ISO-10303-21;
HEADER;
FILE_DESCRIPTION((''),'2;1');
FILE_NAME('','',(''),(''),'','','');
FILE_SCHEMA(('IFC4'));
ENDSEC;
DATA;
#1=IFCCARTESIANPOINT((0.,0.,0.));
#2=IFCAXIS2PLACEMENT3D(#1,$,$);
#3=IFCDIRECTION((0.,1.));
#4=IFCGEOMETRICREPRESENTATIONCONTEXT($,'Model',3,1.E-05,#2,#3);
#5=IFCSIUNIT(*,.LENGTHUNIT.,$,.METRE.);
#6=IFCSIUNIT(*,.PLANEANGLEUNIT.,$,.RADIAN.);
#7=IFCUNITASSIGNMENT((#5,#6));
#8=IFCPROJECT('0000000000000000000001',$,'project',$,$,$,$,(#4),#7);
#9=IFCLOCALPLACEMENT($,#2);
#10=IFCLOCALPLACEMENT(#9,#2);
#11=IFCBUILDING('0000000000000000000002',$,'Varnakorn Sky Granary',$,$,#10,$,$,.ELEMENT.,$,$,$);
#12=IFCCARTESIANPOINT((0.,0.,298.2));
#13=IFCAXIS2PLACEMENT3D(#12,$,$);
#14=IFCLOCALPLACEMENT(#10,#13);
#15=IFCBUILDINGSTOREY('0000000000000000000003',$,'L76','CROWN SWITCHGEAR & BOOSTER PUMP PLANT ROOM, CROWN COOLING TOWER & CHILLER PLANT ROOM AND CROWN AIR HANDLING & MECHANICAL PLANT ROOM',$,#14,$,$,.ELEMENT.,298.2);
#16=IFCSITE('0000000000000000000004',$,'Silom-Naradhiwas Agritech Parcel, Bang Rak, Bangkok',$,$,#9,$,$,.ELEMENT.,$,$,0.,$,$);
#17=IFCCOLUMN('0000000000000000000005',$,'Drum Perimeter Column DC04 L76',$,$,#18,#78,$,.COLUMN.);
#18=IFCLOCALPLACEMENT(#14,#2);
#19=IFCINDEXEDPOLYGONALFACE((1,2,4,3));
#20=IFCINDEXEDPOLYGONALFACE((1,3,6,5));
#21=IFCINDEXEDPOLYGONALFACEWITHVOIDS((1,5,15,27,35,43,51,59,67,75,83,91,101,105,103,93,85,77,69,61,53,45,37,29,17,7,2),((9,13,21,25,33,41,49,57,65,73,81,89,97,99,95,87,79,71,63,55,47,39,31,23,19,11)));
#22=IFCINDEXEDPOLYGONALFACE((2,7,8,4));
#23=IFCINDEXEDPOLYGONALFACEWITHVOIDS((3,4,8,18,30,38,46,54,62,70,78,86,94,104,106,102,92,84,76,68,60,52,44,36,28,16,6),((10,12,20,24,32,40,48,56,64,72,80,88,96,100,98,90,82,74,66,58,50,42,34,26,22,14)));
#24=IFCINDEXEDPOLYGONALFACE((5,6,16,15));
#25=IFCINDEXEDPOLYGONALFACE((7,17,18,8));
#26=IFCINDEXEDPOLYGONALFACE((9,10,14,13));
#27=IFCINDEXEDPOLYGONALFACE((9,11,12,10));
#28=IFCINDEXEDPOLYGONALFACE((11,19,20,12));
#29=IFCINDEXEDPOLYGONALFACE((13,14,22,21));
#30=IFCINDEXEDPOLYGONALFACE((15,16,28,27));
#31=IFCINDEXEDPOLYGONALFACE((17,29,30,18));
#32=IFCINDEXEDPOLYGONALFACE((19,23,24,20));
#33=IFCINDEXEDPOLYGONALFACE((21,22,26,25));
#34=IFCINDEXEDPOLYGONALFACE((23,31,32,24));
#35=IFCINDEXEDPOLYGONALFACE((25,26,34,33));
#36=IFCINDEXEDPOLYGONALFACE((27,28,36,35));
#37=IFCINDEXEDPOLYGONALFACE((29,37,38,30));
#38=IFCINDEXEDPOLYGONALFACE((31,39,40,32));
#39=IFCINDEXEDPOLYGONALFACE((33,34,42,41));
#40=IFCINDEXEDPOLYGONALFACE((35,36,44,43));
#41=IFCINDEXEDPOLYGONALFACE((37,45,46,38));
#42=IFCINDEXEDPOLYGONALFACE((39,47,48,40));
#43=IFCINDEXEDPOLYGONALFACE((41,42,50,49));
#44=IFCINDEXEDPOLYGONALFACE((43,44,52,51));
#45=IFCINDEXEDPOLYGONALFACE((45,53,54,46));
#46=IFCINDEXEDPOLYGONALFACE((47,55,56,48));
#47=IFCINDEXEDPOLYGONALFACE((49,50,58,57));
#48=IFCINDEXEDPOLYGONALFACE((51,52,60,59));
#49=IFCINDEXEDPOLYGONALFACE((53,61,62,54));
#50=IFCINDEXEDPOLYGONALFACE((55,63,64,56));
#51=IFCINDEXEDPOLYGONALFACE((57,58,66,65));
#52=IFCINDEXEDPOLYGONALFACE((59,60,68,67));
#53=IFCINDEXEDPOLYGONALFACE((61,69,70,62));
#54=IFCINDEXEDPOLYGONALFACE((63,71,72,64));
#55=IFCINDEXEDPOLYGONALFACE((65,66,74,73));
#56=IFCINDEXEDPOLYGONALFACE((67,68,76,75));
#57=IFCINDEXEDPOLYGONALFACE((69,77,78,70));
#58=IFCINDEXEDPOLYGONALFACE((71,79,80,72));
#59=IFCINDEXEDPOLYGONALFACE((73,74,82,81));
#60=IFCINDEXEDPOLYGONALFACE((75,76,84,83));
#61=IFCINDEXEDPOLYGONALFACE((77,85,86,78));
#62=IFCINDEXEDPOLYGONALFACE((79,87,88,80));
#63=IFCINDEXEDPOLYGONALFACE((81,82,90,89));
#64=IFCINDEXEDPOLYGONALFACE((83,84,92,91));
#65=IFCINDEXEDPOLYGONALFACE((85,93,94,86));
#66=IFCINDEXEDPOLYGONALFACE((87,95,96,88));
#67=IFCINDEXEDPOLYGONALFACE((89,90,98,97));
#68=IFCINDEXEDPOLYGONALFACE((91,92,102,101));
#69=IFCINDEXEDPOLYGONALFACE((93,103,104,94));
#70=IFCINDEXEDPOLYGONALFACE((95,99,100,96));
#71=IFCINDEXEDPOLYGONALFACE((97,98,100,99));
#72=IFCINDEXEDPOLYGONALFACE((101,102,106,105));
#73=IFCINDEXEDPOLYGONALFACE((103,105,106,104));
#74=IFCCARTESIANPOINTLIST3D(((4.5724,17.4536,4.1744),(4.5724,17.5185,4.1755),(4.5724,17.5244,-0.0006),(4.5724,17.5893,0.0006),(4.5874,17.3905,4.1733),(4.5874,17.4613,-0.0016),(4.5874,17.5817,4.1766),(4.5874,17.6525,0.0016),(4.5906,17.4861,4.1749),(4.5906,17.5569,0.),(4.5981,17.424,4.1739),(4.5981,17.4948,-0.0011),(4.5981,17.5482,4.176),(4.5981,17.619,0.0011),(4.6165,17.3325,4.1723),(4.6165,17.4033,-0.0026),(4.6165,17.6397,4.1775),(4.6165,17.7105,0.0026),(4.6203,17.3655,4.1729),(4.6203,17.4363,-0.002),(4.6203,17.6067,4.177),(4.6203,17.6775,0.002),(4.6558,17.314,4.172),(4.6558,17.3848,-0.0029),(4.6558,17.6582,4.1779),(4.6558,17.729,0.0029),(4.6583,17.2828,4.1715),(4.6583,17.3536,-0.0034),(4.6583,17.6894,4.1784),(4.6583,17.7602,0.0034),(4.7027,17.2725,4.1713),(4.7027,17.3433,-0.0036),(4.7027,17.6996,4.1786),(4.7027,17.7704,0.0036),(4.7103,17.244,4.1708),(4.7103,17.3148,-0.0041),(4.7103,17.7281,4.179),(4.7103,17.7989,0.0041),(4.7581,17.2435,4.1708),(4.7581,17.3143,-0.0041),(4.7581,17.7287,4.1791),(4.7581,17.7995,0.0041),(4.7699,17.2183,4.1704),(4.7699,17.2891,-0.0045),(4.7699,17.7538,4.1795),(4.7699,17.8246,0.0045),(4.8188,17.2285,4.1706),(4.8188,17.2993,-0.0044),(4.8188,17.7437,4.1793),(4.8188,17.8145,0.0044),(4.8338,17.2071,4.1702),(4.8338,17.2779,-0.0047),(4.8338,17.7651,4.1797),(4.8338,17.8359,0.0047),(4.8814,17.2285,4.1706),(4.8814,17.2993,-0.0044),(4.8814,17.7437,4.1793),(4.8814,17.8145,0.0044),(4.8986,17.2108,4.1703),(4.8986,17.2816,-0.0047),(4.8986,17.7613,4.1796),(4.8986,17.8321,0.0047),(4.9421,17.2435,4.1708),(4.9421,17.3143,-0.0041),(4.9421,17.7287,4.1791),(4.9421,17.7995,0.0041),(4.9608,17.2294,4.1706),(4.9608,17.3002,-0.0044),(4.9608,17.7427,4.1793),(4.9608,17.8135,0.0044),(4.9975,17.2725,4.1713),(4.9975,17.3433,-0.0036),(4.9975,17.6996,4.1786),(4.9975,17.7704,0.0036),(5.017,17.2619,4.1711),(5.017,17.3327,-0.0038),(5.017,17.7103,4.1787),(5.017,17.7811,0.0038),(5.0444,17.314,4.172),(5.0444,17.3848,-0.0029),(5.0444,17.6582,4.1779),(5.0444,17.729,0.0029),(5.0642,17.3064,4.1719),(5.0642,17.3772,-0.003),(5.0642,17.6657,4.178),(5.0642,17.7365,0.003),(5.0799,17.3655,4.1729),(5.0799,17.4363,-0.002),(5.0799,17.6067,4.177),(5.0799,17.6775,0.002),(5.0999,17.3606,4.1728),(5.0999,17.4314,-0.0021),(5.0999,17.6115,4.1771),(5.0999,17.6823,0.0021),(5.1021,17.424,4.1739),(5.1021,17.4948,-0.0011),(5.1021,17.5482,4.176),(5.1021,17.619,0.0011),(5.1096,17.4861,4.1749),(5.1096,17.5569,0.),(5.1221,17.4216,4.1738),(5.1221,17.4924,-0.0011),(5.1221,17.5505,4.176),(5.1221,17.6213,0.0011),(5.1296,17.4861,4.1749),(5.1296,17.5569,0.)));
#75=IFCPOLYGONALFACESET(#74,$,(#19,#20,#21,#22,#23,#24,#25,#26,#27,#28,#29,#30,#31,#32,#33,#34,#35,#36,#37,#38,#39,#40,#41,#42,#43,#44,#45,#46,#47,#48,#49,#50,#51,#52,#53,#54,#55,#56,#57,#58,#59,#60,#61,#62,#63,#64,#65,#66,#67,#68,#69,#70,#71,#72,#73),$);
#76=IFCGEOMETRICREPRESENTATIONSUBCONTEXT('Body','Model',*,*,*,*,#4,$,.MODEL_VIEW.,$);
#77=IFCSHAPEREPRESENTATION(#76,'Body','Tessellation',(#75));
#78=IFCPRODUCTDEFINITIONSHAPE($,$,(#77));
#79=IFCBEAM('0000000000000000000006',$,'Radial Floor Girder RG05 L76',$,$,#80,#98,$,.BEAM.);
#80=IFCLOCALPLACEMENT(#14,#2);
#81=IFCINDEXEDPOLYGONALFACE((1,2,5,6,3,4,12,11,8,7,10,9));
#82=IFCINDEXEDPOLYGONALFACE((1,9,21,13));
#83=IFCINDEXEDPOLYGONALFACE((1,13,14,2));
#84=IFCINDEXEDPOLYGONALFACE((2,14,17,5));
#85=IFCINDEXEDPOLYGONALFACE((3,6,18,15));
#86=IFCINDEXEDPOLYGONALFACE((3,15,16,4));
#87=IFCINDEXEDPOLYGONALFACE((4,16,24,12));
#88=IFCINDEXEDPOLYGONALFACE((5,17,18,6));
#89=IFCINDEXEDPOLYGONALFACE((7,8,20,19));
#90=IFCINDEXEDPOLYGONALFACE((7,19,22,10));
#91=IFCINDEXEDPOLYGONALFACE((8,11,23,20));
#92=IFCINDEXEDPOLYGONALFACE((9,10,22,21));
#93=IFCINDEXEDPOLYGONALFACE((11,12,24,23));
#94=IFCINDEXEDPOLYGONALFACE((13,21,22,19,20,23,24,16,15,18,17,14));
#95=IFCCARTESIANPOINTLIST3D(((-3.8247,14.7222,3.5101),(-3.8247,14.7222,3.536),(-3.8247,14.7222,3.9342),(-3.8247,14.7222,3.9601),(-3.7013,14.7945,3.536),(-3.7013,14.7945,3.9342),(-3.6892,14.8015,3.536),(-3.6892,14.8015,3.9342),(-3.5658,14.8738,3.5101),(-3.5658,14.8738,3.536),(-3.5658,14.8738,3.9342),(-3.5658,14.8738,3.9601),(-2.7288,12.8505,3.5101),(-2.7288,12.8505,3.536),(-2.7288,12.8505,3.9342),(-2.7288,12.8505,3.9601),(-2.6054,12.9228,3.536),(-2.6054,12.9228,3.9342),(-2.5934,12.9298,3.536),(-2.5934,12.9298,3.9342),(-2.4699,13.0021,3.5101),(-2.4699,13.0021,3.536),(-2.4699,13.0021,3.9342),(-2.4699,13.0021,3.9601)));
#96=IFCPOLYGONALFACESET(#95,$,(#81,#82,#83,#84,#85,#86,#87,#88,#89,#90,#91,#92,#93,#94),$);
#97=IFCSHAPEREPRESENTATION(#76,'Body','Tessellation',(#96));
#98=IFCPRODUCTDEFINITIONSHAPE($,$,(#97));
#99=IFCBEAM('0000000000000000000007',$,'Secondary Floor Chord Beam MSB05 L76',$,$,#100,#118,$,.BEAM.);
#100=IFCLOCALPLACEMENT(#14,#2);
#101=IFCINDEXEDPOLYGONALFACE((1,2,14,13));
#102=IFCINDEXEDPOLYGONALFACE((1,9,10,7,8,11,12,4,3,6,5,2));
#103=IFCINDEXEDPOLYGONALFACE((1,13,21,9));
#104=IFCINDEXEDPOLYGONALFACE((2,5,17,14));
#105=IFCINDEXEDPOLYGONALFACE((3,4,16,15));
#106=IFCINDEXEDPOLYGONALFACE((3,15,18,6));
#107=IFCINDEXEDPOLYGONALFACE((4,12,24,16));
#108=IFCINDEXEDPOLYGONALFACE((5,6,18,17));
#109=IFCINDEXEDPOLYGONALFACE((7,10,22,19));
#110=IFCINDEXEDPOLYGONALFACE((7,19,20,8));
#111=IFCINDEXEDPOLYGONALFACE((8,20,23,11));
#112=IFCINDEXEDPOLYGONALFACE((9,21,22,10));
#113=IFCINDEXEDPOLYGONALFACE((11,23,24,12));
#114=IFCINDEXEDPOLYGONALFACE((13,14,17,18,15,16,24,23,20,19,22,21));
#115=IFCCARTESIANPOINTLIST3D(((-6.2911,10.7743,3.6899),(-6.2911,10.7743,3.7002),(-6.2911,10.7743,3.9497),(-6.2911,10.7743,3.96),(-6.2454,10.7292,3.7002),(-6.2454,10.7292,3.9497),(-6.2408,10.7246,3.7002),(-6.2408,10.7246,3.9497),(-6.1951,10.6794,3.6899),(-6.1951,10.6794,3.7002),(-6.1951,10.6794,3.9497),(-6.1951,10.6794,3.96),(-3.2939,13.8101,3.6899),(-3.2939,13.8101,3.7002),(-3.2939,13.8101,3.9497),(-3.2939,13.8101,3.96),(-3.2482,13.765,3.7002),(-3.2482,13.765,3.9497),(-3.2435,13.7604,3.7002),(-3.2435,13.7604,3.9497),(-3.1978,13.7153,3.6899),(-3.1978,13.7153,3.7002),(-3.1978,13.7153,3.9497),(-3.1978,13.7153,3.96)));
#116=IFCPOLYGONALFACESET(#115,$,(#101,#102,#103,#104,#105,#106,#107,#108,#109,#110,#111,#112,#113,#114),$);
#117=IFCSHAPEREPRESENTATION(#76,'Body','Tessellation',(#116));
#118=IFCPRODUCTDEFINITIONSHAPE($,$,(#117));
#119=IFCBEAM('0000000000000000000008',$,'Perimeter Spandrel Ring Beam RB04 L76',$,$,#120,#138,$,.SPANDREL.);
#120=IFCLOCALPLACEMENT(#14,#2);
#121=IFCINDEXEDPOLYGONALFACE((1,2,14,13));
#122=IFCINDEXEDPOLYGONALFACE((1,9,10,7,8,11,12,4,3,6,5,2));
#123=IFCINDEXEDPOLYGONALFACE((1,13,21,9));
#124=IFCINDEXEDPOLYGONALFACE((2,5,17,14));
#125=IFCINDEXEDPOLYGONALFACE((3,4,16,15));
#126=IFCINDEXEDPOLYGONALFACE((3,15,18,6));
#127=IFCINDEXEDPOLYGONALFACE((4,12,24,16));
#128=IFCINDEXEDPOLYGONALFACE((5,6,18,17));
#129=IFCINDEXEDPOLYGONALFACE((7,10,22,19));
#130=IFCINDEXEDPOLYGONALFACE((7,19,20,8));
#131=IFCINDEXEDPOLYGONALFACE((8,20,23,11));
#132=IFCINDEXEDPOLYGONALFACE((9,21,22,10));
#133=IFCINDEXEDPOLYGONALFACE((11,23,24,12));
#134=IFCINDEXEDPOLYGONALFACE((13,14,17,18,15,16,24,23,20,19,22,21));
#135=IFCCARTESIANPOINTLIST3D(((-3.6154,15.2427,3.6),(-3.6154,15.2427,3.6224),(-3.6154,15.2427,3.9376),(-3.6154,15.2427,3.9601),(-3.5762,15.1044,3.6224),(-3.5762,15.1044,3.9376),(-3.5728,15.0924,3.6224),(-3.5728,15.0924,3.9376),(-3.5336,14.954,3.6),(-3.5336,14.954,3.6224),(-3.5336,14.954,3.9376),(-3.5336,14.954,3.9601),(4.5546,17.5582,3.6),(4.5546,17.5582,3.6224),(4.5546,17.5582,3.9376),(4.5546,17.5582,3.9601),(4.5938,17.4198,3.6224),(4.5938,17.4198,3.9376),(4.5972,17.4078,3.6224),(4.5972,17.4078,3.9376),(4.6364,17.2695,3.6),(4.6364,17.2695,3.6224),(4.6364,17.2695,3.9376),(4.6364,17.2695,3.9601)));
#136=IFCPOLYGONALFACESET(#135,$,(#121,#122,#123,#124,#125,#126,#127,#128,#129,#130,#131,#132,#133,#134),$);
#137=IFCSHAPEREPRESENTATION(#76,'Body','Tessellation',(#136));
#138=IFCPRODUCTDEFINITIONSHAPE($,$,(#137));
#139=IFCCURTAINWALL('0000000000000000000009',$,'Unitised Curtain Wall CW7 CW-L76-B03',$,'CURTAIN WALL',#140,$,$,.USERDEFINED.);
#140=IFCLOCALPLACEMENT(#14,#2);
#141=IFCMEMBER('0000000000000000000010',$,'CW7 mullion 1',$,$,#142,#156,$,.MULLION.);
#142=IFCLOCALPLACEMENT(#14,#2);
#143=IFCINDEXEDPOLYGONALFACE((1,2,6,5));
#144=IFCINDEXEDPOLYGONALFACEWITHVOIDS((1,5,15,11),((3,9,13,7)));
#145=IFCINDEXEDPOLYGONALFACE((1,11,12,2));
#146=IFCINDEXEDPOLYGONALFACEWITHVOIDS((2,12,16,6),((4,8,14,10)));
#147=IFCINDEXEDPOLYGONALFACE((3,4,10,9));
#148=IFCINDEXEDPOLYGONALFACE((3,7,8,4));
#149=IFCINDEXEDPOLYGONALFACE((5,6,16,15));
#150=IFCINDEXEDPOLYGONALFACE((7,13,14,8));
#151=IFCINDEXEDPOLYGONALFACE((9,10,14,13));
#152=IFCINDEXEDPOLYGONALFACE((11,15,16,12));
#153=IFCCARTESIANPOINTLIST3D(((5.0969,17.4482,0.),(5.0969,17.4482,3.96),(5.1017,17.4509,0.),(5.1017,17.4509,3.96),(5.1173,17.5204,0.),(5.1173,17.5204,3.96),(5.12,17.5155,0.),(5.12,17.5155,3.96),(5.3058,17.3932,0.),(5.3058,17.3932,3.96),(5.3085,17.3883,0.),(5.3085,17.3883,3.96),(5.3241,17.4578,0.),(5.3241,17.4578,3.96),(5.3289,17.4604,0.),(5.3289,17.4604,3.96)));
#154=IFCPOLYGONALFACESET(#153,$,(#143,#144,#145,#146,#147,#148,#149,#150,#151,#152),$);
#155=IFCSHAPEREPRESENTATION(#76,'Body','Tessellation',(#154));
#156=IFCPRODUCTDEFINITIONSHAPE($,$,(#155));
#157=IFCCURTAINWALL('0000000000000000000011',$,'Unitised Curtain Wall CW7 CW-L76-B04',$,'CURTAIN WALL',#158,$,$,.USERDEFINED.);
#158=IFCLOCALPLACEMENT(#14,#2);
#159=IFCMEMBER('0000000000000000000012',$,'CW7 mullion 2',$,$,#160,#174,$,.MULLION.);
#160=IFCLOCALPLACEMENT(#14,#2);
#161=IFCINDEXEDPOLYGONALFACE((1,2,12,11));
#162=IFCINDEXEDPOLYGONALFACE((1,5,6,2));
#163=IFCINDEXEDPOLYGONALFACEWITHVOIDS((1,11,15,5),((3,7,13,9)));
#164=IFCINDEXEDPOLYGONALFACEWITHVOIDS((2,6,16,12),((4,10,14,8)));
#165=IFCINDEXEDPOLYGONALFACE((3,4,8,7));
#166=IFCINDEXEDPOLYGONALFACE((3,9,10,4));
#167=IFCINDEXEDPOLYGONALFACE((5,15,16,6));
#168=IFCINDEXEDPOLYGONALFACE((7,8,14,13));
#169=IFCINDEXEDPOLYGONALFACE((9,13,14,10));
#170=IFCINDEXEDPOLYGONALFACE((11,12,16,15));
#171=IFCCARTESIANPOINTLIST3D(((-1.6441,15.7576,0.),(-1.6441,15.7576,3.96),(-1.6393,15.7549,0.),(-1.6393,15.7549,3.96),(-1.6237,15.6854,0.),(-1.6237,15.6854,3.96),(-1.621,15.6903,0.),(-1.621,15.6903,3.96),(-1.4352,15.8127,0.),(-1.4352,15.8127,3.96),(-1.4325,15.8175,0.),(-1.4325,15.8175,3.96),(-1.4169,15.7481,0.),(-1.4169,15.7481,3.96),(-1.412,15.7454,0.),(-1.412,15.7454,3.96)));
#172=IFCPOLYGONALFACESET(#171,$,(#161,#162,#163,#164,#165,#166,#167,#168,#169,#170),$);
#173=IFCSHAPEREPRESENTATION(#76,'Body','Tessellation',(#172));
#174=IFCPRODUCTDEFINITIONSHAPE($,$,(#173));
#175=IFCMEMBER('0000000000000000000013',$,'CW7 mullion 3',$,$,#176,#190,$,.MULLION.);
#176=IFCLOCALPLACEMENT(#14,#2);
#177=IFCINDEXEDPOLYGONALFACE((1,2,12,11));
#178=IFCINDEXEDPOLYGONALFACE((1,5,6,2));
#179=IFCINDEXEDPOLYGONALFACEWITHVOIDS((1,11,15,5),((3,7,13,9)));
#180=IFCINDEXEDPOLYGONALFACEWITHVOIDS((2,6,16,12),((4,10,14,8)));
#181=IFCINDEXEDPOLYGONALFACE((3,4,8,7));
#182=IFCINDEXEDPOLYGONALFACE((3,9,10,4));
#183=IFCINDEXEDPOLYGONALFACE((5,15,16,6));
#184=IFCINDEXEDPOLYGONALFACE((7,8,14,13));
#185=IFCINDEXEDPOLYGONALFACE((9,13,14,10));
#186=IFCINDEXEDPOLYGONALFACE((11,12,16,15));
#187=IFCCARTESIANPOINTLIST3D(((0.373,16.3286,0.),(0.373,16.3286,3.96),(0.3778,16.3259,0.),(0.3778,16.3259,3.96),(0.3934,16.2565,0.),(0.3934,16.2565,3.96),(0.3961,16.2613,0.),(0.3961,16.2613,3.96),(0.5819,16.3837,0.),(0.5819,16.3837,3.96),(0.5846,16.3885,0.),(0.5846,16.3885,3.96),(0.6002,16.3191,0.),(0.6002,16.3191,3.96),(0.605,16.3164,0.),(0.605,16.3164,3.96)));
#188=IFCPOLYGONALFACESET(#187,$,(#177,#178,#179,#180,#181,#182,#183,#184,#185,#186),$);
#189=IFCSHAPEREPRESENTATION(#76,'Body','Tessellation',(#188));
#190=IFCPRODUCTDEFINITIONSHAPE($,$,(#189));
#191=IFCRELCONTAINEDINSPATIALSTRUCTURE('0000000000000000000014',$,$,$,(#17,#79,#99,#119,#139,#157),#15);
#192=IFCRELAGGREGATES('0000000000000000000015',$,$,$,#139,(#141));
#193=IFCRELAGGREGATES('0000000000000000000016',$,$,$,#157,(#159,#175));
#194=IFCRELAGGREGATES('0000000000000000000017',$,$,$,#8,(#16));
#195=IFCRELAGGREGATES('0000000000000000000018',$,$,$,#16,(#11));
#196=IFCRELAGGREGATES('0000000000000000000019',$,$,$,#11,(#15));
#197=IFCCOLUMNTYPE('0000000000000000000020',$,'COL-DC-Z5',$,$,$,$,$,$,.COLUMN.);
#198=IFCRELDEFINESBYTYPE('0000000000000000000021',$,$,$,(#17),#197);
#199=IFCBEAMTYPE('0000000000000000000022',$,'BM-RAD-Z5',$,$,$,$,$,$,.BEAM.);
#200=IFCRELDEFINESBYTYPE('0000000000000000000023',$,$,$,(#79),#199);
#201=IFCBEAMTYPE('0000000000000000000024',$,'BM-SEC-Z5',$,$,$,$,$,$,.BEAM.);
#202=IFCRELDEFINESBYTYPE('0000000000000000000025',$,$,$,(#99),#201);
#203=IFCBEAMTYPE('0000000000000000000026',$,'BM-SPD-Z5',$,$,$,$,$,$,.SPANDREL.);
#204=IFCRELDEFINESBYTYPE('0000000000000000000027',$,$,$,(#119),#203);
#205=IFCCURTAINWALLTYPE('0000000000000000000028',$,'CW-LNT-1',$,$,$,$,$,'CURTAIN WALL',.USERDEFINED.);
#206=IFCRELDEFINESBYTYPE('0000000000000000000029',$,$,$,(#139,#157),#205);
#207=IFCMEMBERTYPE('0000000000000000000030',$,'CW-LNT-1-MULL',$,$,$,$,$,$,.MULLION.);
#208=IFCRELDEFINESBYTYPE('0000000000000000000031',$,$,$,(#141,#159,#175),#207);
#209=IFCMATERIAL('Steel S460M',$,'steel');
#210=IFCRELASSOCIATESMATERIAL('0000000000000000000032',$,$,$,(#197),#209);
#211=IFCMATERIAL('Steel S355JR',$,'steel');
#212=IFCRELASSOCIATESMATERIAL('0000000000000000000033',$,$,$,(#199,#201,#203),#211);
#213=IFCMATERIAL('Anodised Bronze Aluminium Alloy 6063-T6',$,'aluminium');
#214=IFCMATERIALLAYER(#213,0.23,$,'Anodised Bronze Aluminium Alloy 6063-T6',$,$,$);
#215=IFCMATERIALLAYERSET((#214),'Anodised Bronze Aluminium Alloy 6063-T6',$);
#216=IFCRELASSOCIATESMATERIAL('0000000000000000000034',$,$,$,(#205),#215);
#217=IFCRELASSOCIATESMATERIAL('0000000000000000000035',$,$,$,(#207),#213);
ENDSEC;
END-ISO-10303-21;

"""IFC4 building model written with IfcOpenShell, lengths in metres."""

from ifc_helpers import new_model, si_unit, direction, frame, origin, origin_2d, place, context, subcontext, project, spatial, hollow_rectangle, hollow_circle, i_section, extrude, material, layer, layer_set, material_profile, profile_set, type_object, element, aggregate, save


model = new_model("IFC4")

# Units and contexts
model_context = context("Model", 3, precision=1e-05, world=origin(), true_north=direction((0.0, 1.0)))
body_context = subcontext(model_context, "Body", "Model", "MODEL_VIEW")
ifc_project = project(units=[si_unit("LENGTHUNIT", "METRE"), si_unit("PLANEANGLEUNIT", "RADIAN")], contexts=[model_context])

# Site, building, storey
site_placement = place(None, origin())
site = spatial("IfcSite", under=ifc_project, at=site_placement, Name="Silom-Naradhiwas Agritech Parcel, Bang Rak, Bangkok", CompositionType="ELEMENT", RefElevation=0.0)
building_placement = place(site_placement, origin())
building = spatial("IfcBuilding", under=site, at=building_placement, Name="Varnakorn Sky Granary", CompositionType="ELEMENT")
storey_placement = place(building_placement, frame((0.0, 0.0, 298.2)))
storey = spatial("IfcBuildingStorey", under=building, at=storey_placement, Name="L76", Description="CROWN SWITCHGEAR & BOOSTER PUMP PLANT ROOM, CROWN COOLING TOWER & CHILLER PLANT ROOM AND CROWN AIR HANDLING & MECHANICAL PLANT ROOM", CompositionType="ELEMENT", Elevation=298.2)

# Column
ifc_material_1 = material(Name="Steel S460M", Category="steel")
ifc_material_profile_1 = material_profile(ifc_material_1, hollow_circle(Radius=0.2795, WallThickness=0.02, at=origin_2d()), Name="CHS 559x20")
ifc_profile_set_1 = profile_set([ifc_material_profile_1], Name="Steel S460M")
column_type = type_object("IfcColumnType", Name="COL-DC-Z5", PredefinedType="COLUMN", material=ifc_profile_set_1)
column_placement = place(storey_placement, frame((4.8501, 17.5569, 0.0), z_axis=(0.0, -0.016956, 0.999856), x_axis=(1.0, 0.0, 0.0)))
element("IfcColumn", 1, at=column_placement, inside=storey, type_object=column_type, Name="Drum Perimeter Column DC04 L76", PredefinedType="COLUMN", context=body_context, shape_type="SweptSolid", body=[
    extrude(hollow_circle(Radius=0.2795, WallThickness=0.02, at=origin_2d()), origin(), (0.0, 0.0, 1.0), 4.1755),
])

# Beams
ifc_material_2 = material(Name="Steel S355JR", Category="steel")
ifc_material_profile_2 = material_profile(ifc_material_2, i_section(OverallWidth=0.3, OverallDepth=0.45, WebThickness=0.0139, FlangeThickness=0.0259, at=origin_2d()), Name="HE 450 B")
ifc_profile_set_2 = profile_set([ifc_material_profile_2], Name="Steel S355JR")
beam_type_1 = type_object("IfcBeamType", Name="BM-RAD-Z5", PredefinedType="BEAM", material=ifc_profile_set_2)
beam_1_placement = place(storey_placement, frame((-2.5994, 12.9263, 3.7351), z_axis=(-0.505263, 0.862965, 0.0), x_axis=(-0.862965, -0.505263, 0.0)))
element("IfcBeam", 2, at=beam_1_placement, inside=storey, type_object=beam_type_1, Name="Radial Floor Girder RG05 L76", PredefinedType="BEAM", context=body_context, shape_type="SweptSolid", body=[
    extrude(i_section(OverallWidth=0.3, OverallDepth=0.45, WebThickness=0.0139, FlangeThickness=0.0259, at=origin_2d()), origin(), (0.0, 0.0, 1.0), 2.1689),
])
ifc_material_profile_3 = material_profile(ifc_material_2, i_section(OverallWidth=0.135, OverallDepth=0.27, WebThickness=0.0066, FlangeThickness=0.0103, at=origin_2d()), Name="IPE 270")
ifc_profile_set_3 = profile_set([ifc_material_profile_3], Name="Steel S355JR")
beam_type_2 = type_object("IfcBeamType", Name="BM-SEC-Z5", PredefinedType="BEAM", material=ifc_profile_set_3)
beam_2_placement = place(storey_placement, frame((-3.2458, 13.7627, 3.825), z_axis=(-0.702571, -0.711613, 0.0), x_axis=(0.711613, -0.702571, 0.0)))
element("IfcBeam", 3, at=beam_2_placement, inside=storey, type_object=beam_type_2, Name="Secondary Floor Chord Beam MSB05 L76", PredefinedType="BEAM", context=body_context, shape_type="SweptSolid", body=[
    extrude(i_section(OverallWidth=0.135, OverallDepth=0.27, WebThickness=0.0066, FlangeThickness=0.0103, at=origin_2d()), origin(), (0.0, 0.0, 1.0), 4.2661),
])
ifc_material_profile_4 = material_profile(ifc_material_2, i_section(OverallWidth=0.3, OverallDepth=0.3601, WebThickness=0.0125, FlangeThickness=0.0225, at=origin_2d()), Name="HE 360 B")
ifc_profile_set_4 = profile_set([ifc_material_profile_4], Name="Steel S355JR")
beam_type_3 = type_object("IfcBeamType", Name="BM-SPD-Z5", PredefinedType="SPANDREL", material=ifc_profile_set_4)
beam_3_placement = place(storey_placement, frame((4.5955, 17.4138, 3.78), z_axis=(-0.962108, -0.27267, 0.0), x_axis=(0.27267, -0.962108, 0.0)))
element("IfcBeam", 4, at=beam_3_placement, inside=storey, type_object=beam_type_3, Name="Perimeter Spandrel Ring Beam RB04 L76", PredefinedType="SPANDREL", context=body_context, shape_type="SweptSolid", body=[
    extrude(i_section(OverallWidth=0.3, OverallDepth=0.3601, WebThickness=0.0125, FlangeThickness=0.0225, at=origin_2d()), origin(), (0.0, 0.0, 1.0), 8.4917),
])

# Curtain wall, member
ifc_material_3 = material(Name="Anodised Bronze Aluminium Alloy 6063-T6", Category="aluminium")
ifc_layer_1 = layer(ifc_material_3, 0.23, Name="Anodised Bronze Aluminium Alloy 6063-T6")
ifc_layer_set_1 = layer_set([ifc_layer_1], Name="Anodised Bronze Aluminium Alloy 6063-T6")
curtain_wall_type = type_object("IfcCurtainWallType", Name="CW-LNT-1", ElementType="CURTAIN WALL", PredefinedType="USERDEFINED", material=ifc_layer_set_1)
curtain_wall_1_placement = place(storey_placement, origin())
curtain_wall_1 = element("IfcCurtainWall", 5, at=curtain_wall_1_placement, inside=storey, type_object=curtain_wall_type, Name="Unitised Curtain Wall CW7 CW-L76-B03", ObjectType="CURTAIN WALL", PredefinedType="USERDEFINED")
ifc_material_profile_5 = material_profile(ifc_material_3, hollow_rectangle(XDim=0.075, YDim=0.22, WallThickness=0.0039, at=origin_2d()), Name="ALU MULL 75x220")
ifc_profile_set_5 = profile_set([ifc_material_profile_5], Name="Anodised Bronze Aluminium Alloy 6063-T6")
member_type_1 = type_object("IfcMemberType", Name="CW-LNT-1-MULL", PredefinedType="MULLION", material=ifc_profile_set_5)
member_1_placement = place(storey_placement, frame((5.2129, 17.4543, 0.0), z_axis=(0.0, 0.0, 1.0), x_axis=(0.272381, 0.962189, 0.0)))
member_1 = element("IfcMember", 6, at=member_1_placement, type_object=member_type_1, Name="CW7 mullion 1", PredefinedType="MULLION", context=body_context, shape_type="SweptSolid", body=[
    extrude(hollow_rectangle(XDim=0.075, YDim=0.22, WallThickness=0.0039, at=origin_2d()), origin(), (0.0, 0.0, 1.0), 3.96),
])

# Curtain wall, members
curtain_wall_2_placement = place(storey_placement, origin())
curtain_wall_2 = element("IfcCurtainWall", 7, at=curtain_wall_2_placement, inside=storey, type_object=curtain_wall_type, Name="Unitised Curtain Wall CW7 CW-L76-B04", ObjectType="CURTAIN WALL", PredefinedType="USERDEFINED")
member_2_placement = place(storey_placement, frame((-1.5281, 15.7515, 0.0), z_axis=(0.0, 0.0, 1.0), x_axis=(-0.272381, 0.962189, 0.0)))
member_2 = element("IfcMember", 8, at=member_2_placement, type_object=member_type_1, Name="CW7 mullion 2", PredefinedType="MULLION", context=body_context, shape_type="SweptSolid", body=[
    extrude(hollow_rectangle(XDim=0.075, YDim=0.22, WallThickness=0.0039, at=origin_2d()), origin(), (0.0, 0.0, 1.0), 3.96),
])
member_3_placement = place(storey_placement, frame((0.489, 16.3225, 0.0), z_axis=(0.0, 0.0, 1.0), x_axis=(-0.272381, 0.962189, 0.0)))
member_3 = element("IfcMember", 9, at=member_3_placement, type_object=member_type_1, Name="CW7 mullion 3", PredefinedType="MULLION", context=body_context, shape_type="SweptSolid", body=[
    extrude(hollow_rectangle(XDim=0.075, YDim=0.22, WallThickness=0.0039, at=origin_2d()), origin(), (0.0, 0.0, 1.0), 3.96),
])

aggregate(curtain_wall_1, [member_1])

aggregate(curtain_wall_2, [member_2, member_3])

save(model, "model.ifc")
